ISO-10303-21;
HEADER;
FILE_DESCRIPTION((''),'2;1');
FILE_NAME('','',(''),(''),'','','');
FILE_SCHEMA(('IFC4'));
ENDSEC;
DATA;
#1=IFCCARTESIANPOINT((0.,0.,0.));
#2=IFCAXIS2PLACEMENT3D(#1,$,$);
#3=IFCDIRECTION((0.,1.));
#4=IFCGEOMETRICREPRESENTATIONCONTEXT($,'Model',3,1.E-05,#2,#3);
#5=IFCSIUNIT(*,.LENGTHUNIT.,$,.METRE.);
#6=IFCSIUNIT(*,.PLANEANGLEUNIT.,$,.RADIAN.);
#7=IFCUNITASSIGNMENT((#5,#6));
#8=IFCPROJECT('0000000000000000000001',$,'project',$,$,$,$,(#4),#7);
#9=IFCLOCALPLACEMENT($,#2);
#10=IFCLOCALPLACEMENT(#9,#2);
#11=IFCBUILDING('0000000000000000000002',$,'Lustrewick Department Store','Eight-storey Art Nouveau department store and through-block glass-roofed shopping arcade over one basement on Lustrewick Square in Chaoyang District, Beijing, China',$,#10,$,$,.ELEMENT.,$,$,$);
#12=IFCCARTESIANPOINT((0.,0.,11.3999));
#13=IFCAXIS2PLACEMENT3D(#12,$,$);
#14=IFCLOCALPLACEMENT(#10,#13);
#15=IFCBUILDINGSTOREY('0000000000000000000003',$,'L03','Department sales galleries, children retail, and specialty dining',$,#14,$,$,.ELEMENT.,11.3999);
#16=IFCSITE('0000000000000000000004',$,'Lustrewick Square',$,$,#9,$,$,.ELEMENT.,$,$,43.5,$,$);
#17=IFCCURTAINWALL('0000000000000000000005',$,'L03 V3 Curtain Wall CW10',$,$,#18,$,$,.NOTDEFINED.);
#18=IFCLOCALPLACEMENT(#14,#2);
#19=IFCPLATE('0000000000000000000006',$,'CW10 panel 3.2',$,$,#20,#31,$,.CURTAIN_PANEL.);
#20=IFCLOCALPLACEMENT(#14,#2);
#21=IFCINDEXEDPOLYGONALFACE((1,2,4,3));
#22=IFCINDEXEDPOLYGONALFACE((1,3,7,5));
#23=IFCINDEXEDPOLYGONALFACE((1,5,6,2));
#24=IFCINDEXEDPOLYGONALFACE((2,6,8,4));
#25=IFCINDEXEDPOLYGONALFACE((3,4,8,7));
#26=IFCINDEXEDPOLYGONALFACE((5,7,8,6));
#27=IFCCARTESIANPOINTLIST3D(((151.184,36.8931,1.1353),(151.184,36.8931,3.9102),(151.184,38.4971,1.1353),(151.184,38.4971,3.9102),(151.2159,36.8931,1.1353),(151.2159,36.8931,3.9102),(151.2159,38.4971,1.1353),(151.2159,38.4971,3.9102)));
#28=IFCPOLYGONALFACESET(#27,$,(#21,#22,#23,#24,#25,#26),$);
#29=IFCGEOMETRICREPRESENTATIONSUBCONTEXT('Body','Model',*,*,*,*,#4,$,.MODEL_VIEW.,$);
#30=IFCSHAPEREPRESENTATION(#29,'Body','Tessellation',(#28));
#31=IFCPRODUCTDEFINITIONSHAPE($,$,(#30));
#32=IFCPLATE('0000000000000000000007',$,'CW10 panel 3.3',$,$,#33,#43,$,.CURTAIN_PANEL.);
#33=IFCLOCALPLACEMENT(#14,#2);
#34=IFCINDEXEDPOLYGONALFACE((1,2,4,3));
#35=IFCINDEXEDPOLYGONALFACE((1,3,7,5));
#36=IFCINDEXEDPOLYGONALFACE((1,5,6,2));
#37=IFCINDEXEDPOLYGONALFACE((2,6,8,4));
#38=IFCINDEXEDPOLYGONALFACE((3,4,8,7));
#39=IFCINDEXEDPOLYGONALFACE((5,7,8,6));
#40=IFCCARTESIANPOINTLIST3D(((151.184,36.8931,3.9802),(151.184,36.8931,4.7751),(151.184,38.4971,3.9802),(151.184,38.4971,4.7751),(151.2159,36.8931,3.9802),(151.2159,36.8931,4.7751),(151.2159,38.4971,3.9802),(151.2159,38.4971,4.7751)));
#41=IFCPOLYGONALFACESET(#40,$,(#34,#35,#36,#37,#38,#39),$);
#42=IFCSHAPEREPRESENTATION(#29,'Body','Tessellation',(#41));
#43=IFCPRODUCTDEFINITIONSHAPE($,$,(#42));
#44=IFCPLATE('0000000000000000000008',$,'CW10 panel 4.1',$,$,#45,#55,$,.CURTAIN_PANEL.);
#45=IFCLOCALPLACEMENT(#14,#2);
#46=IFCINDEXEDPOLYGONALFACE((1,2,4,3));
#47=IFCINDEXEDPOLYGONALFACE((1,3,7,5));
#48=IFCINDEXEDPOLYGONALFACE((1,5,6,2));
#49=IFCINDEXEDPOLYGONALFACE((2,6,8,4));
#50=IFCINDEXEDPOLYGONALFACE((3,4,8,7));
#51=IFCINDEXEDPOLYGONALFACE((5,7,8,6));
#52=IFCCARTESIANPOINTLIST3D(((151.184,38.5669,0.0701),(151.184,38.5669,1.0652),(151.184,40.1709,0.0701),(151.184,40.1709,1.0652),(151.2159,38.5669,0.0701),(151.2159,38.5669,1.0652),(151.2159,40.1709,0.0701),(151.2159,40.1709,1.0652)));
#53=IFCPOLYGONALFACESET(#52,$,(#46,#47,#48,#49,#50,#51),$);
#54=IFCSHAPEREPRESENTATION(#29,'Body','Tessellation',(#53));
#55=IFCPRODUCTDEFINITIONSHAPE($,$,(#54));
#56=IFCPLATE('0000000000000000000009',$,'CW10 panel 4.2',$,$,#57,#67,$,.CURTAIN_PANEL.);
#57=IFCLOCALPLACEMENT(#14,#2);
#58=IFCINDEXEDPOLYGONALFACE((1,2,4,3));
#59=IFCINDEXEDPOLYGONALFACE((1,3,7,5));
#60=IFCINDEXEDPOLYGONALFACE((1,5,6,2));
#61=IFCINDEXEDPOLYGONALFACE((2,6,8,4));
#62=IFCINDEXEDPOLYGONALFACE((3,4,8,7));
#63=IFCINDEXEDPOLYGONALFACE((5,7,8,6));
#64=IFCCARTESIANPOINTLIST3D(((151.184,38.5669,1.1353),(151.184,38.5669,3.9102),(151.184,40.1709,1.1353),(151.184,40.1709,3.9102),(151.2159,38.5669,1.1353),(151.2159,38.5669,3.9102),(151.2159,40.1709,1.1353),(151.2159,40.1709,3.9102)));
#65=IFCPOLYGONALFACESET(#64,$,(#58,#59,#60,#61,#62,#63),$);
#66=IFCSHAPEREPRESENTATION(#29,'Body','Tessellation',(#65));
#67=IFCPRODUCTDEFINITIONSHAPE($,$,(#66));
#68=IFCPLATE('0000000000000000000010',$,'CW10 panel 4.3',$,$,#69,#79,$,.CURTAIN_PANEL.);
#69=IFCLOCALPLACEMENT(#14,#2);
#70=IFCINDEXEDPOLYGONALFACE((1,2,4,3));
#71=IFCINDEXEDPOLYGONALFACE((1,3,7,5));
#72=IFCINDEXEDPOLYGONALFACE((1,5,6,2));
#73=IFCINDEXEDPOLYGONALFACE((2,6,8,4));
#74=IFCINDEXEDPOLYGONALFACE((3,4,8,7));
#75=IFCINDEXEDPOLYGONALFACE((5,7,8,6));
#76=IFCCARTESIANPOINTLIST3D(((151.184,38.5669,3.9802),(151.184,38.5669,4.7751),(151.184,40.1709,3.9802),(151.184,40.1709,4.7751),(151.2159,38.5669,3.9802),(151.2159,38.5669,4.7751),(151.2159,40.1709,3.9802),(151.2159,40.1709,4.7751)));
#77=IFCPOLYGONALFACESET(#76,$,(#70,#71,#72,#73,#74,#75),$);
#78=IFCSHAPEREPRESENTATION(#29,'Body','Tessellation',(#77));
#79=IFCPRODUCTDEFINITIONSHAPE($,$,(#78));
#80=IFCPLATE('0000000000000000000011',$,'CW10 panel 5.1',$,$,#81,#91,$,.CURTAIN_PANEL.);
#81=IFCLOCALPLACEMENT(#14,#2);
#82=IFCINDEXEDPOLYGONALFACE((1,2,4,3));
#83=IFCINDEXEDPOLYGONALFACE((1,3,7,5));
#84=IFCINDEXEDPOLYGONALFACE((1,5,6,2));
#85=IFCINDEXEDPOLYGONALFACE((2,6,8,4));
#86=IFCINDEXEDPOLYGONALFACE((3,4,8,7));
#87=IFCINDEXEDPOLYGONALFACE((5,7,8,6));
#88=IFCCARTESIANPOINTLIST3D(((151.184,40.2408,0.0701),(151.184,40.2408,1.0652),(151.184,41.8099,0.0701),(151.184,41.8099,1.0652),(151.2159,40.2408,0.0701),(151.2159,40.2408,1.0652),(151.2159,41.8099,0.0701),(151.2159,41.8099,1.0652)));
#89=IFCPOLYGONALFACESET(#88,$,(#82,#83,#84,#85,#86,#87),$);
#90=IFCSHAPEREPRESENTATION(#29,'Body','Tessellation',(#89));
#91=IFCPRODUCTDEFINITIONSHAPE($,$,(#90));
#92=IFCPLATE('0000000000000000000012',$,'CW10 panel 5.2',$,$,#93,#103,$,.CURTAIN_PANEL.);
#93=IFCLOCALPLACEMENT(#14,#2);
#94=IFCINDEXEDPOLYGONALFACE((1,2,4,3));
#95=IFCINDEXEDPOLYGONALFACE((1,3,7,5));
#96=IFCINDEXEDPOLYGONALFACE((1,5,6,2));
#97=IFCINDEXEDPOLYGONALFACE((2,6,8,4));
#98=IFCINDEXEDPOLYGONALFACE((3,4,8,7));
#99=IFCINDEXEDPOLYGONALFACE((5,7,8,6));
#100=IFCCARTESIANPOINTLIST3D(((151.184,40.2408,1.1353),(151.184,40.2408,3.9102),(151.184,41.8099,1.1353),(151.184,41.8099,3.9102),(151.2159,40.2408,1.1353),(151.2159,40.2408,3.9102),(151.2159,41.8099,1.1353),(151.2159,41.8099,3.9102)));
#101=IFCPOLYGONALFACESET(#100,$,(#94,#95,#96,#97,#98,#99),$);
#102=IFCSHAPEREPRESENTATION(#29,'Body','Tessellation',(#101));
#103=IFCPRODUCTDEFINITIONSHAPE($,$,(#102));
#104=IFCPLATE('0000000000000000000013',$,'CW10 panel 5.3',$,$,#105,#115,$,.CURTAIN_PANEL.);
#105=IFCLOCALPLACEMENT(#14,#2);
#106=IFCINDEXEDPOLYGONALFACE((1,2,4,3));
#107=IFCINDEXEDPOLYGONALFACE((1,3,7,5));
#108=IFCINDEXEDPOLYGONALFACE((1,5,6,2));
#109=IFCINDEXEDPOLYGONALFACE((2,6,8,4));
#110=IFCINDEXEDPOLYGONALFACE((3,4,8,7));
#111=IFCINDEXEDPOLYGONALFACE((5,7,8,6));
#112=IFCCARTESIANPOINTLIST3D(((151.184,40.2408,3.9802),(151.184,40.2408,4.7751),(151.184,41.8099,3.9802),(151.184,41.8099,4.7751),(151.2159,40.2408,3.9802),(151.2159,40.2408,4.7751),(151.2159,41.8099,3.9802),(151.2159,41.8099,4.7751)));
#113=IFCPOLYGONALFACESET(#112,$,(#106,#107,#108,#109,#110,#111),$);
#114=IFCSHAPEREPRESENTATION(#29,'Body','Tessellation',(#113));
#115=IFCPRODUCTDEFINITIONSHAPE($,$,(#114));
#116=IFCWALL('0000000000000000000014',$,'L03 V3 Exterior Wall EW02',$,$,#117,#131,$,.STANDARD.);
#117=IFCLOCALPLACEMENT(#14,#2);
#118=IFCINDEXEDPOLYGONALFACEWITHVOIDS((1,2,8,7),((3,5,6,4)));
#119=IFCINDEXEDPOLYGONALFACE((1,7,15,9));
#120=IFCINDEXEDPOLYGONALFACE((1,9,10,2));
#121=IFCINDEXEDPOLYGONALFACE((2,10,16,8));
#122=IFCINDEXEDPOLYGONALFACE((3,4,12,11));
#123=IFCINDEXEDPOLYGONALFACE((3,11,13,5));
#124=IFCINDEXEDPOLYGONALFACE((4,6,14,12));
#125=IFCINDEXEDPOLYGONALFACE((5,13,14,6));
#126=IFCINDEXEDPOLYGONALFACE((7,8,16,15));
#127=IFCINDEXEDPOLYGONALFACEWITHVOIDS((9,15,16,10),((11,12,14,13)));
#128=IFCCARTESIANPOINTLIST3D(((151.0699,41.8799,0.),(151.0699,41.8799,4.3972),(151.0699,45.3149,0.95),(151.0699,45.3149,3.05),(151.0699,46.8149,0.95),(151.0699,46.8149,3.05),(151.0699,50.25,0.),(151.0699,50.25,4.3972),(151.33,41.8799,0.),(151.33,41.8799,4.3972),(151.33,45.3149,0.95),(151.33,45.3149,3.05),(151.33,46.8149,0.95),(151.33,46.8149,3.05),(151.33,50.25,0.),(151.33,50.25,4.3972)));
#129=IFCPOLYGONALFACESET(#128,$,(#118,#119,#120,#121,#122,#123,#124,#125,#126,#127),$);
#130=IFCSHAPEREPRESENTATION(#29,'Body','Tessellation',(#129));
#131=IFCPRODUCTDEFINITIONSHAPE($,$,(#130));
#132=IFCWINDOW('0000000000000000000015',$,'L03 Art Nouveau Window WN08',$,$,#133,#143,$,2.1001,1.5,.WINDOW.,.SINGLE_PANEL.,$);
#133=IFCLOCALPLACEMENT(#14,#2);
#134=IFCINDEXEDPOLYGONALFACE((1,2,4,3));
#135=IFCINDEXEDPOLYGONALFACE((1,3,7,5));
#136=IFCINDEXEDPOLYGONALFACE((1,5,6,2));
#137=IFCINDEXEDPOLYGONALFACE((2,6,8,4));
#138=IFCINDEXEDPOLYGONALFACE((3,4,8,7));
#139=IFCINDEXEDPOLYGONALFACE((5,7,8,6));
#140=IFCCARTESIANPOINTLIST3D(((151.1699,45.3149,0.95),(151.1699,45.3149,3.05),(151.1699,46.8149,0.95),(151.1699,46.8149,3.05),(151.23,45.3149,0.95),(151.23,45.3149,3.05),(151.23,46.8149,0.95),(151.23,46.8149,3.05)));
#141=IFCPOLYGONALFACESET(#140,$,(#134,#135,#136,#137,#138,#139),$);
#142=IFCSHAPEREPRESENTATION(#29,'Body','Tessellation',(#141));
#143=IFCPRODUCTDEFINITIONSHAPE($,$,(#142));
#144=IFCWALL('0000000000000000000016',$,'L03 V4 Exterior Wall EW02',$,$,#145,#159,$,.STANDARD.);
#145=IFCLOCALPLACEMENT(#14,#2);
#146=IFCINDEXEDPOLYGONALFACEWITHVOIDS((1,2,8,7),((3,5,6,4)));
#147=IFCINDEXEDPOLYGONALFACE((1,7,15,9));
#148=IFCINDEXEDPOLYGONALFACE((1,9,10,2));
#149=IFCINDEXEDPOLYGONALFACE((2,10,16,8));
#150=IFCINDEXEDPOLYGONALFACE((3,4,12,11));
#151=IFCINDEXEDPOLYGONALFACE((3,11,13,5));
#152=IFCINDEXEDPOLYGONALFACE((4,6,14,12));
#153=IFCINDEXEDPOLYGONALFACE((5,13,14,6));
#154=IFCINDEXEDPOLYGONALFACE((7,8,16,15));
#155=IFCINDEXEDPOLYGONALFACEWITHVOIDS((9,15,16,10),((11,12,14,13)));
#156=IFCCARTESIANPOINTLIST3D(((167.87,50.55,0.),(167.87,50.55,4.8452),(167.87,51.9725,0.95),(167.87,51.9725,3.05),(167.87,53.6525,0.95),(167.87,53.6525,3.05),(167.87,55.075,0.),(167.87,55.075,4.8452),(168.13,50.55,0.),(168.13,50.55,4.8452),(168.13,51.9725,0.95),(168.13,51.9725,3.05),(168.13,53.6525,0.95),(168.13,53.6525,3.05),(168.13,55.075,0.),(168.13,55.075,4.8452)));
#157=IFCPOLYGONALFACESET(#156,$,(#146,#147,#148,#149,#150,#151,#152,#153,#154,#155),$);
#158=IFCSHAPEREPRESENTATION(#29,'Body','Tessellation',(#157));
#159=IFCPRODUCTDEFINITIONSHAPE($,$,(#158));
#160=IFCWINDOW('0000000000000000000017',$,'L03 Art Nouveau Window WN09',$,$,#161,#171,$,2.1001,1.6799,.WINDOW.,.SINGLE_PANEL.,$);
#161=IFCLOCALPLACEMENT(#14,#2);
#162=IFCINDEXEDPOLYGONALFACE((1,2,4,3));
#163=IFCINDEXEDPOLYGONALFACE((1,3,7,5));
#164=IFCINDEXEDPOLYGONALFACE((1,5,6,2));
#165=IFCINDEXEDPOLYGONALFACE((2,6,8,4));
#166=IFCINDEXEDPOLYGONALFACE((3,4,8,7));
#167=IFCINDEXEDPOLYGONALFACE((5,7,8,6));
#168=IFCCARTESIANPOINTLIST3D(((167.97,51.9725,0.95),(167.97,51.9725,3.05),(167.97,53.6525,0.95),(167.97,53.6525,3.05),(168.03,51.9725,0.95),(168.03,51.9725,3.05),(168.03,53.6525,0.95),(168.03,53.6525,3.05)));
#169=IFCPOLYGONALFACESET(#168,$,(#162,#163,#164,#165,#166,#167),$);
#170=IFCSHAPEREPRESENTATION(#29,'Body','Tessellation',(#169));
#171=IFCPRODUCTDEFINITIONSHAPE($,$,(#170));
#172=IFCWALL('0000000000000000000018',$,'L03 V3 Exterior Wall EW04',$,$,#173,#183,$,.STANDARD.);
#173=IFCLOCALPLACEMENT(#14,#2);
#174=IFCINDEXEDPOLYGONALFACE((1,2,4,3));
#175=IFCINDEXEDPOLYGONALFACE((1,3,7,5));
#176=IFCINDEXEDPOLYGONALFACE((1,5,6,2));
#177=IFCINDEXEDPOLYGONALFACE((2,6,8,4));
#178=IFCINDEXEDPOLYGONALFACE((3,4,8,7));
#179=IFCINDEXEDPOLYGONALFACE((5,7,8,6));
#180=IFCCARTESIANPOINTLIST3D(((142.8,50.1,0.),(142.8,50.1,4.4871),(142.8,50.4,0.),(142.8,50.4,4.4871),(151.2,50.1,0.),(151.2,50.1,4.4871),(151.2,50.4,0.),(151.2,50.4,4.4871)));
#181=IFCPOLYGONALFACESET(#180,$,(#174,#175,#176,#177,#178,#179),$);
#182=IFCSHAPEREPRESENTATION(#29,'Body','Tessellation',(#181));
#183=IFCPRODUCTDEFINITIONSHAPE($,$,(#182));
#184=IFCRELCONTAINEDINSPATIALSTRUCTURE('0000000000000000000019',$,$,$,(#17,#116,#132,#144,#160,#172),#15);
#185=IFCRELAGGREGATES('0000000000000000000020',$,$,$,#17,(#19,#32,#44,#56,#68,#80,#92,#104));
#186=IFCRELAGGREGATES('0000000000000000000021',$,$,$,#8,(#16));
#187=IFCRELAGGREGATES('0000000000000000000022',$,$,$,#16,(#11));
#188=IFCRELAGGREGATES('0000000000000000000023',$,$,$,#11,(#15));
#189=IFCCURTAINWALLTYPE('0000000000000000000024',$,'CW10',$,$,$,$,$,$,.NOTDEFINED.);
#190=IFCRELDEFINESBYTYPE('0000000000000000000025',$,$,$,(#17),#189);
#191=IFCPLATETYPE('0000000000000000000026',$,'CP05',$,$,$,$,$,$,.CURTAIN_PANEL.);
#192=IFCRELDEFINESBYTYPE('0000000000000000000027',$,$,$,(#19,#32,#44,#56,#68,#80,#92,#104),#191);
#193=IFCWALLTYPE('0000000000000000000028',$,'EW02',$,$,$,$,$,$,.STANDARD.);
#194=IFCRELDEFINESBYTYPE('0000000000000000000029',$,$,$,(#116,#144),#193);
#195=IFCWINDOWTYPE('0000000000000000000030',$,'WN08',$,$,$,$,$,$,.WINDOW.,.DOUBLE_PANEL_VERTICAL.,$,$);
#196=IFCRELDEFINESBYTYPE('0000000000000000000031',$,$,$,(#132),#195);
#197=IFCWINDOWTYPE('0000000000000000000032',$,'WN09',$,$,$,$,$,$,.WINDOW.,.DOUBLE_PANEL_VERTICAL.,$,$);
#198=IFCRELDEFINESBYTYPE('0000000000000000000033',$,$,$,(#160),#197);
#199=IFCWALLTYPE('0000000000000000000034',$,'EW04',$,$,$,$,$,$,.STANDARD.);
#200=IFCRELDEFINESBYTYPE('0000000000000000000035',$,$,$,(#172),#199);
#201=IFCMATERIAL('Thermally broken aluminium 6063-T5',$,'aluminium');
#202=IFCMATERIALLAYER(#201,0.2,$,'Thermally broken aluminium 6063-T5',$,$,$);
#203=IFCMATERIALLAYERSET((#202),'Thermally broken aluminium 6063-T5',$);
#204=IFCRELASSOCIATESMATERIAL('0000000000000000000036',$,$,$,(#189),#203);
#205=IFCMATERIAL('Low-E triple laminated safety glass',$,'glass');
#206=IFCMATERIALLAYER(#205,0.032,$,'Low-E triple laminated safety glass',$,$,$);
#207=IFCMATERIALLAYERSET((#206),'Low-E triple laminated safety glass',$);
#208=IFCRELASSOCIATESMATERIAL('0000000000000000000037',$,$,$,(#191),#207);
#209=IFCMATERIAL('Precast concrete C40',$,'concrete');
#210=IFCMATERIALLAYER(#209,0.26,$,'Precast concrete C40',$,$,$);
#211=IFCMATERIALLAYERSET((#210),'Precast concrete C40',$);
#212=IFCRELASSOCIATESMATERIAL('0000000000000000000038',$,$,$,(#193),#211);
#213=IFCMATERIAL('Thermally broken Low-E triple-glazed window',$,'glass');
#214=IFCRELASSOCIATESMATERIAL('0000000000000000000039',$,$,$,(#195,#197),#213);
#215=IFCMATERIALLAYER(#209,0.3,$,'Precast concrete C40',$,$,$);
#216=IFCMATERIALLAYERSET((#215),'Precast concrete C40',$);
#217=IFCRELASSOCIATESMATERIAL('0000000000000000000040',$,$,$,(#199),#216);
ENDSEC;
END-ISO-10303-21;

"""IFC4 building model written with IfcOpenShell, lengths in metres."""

from ifc_helpers import new_model, si_unit, direction, frame, frame_2d, origin, origin_2d, place, context, subcontext, project, spatial, rectangle, extrude, material, layer, layer_set, type_object, element, fill, aggregate, save


model = new_model("IFC4")

# Units and contexts
model_context = context("Model", 3, precision=1e-05, world=origin(), true_north=direction((0.0, 1.0)))
body_context = subcontext(model_context, "Body", "Model", "MODEL_VIEW")
ifc_project = project(units=[si_unit("LENGTHUNIT", "METRE"), si_unit("PLANEANGLEUNIT", "RADIAN")], contexts=[model_context])

# Site, building, storey
site_placement = place(None, origin())
site = spatial("IfcSite", under=ifc_project, at=site_placement, Name="Lustrewick Square", CompositionType="ELEMENT", RefElevation=43.5)
building_placement = place(site_placement, origin())
building = spatial("IfcBuilding", under=site, at=building_placement, Name="Lustrewick Department Store", Description="Eight-storey Art Nouveau department store and through-block glass-roofed shopping arcade over one basement on Lustrewick Square in Chaoyang District, Beijing, China", CompositionType="ELEMENT")
storey_placement = place(building_placement, frame((0.0, 0.0, 11.3999)))
storey = spatial("IfcBuildingStorey", under=building, at=storey_placement, Name="L03", Description="Department sales galleries, children retail, and specialty dining", CompositionType="ELEMENT", Elevation=11.3999)

# Curtain wall
ifc_material_1 = material(Name="Thermally broken aluminium 6063-T5", Category="aluminium")
ifc_layer_1 = layer(ifc_material_1, 0.2, Name="Thermally broken aluminium 6063-T5")
ifc_layer_set_1 = layer_set([ifc_layer_1], Name="Thermally broken aluminium 6063-T5")
curtain_wall_type = type_object("IfcCurtainWallType", Name="CW10", PredefinedType="NOTDEFINED", material=ifc_layer_set_1)
curtain_wall_placement = place(storey_placement, origin())
curtain_wall = element("IfcCurtainWall", 1, at=curtain_wall_placement, inside=storey, type_object=curtain_wall_type, Name="L03 V3 Curtain Wall CW10", PredefinedType="NOTDEFINED")

# Plates
ifc_material_2 = material(Name="Low-E triple laminated safety glass", Category="glass")
ifc_layer_2 = layer(ifc_material_2, 0.032, Name="Low-E triple laminated safety glass")
ifc_layer_set_2 = layer_set([ifc_layer_2], Name="Low-E triple laminated safety glass")
plate_type = type_object("IfcPlateType", Name="CP05", PredefinedType="CURTAIN_PANEL", material=ifc_layer_set_2)
plate_1_placement = place(storey_placement, frame((151.2, 37.6951, 1.1353), z_axis=(0.0, 0.0, 1.0), x_axis=(0.0, 1.0, 0.0)))
plate_1 = element("IfcPlate", 2, at=plate_1_placement, type_object=plate_type, Name="CW10 panel 3.2", PredefinedType="CURTAIN_PANEL", context=body_context, shape_type="SweptSolid", body=[
    extrude(rectangle(XDim=1.604, YDim=0.032, at=origin_2d()), origin(), (0.0, 0.0, 1.0), 2.7749),
])
plate_2_placement = place(storey_placement, frame((151.2, 37.6951, 3.9802), z_axis=(0.0, 0.0, 1.0), x_axis=(0.0, 1.0, 0.0)))
plate_2 = element("IfcPlate", 3, at=plate_2_placement, type_object=plate_type, Name="CW10 panel 3.3", PredefinedType="CURTAIN_PANEL", context=body_context, shape_type="SweptSolid", body=[
    extrude(rectangle(XDim=1.604, YDim=0.032, at=origin_2d()), origin(), (0.0, 0.0, 1.0), 0.7949),
])
plate_3_placement = place(storey_placement, frame((151.2, 39.3689, 0.0701), z_axis=(0.0, 0.0, 1.0), x_axis=(0.0, 1.0, 0.0)))
plate_3 = element("IfcPlate", 4, at=plate_3_placement, type_object=plate_type, Name="CW10 panel 4.1", PredefinedType="CURTAIN_PANEL", context=body_context, shape_type="SweptSolid", body=[
    extrude(rectangle(XDim=1.604, YDim=0.032, at=origin_2d()), origin(), (0.0, 0.0, 1.0), 0.9951),
])
plate_4_placement = place(storey_placement, frame((151.2, 39.3689, 1.1353), z_axis=(0.0, 0.0, 1.0), x_axis=(0.0, 1.0, 0.0)))
plate_4 = element("IfcPlate", 5, at=plate_4_placement, type_object=plate_type, Name="CW10 panel 4.2", PredefinedType="CURTAIN_PANEL", context=body_context, shape_type="SweptSolid", body=[
    extrude(rectangle(XDim=1.604, YDim=0.032, at=origin_2d()), origin(), (0.0, 0.0, 1.0), 2.7749),
])
plate_5_placement = place(storey_placement, frame((151.2, 39.3689, 3.9802), z_axis=(0.0, 0.0, 1.0), x_axis=(0.0, 1.0, 0.0)))
plate_5 = element("IfcPlate", 6, at=plate_5_placement, type_object=plate_type, Name="CW10 panel 4.3", PredefinedType="CURTAIN_PANEL", context=body_context, shape_type="SweptSolid", body=[
    extrude(rectangle(XDim=1.604, YDim=0.032, at=origin_2d()), origin(), (0.0, 0.0, 1.0), 0.7949),
])
plate_6_placement = place(storey_placement, frame((151.2, 41.0254, 0.0701), z_axis=(0.0, 0.0, 1.0), x_axis=(0.0, 1.0, 0.0)))
plate_6 = element("IfcPlate", 7, at=plate_6_placement, type_object=plate_type, Name="CW10 panel 5.1", PredefinedType="CURTAIN_PANEL", context=body_context, shape_type="SweptSolid", body=[
    extrude(rectangle(XDim=1.5691, YDim=0.032, at=origin_2d()), origin(), (0.0, 0.0, 1.0), 0.9951),
])
plate_7_placement = place(storey_placement, frame((151.2, 41.0254, 1.1353), z_axis=(0.0, 0.0, 1.0), x_axis=(0.0, 1.0, 0.0)))
plate_7 = element("IfcPlate", 8, at=plate_7_placement, type_object=plate_type, Name="CW10 panel 5.2", PredefinedType="CURTAIN_PANEL", context=body_context, shape_type="SweptSolid", body=[
    extrude(rectangle(XDim=1.5691, YDim=0.032, at=origin_2d()), origin(), (0.0, 0.0, 1.0), 2.7749),
])
plate_8_placement = place(storey_placement, frame((151.2, 41.0254, 3.9802), z_axis=(0.0, 0.0, 1.0), x_axis=(0.0, 1.0, 0.0)))
plate_8 = element("IfcPlate", 9, at=plate_8_placement, type_object=plate_type, Name="CW10 panel 5.3", PredefinedType="CURTAIN_PANEL", context=body_context, shape_type="SweptSolid", body=[
    extrude(rectangle(XDim=1.5691, YDim=0.032, at=origin_2d()), origin(), (0.0, 0.0, 1.0), 0.7949),
])
aggregate(curtain_wall, [plate_1, plate_2, plate_3, plate_4, plate_5, plate_6, plate_7, plate_8])

# Walls, openings, windows
ifc_material_3 = material(Name="Precast concrete C40", Category="concrete")
ifc_layer_3 = layer(ifc_material_3, 0.26, Name="Precast concrete C40")
ifc_layer_set_3 = layer_set([ifc_layer_3], Name="Precast concrete C40")
wall_type_1 = type_object("IfcWallType", Name="EW02", PredefinedType="STANDARD", material=ifc_layer_set_3)
wall_1_placement = place(storey_placement, frame((151.2, 41.8799, 0.0), z_axis=(0.0, 0.0, 1.0), x_axis=(0.0, 1.0, 0.0)))
wall_1 = element("IfcWall", 10, at=wall_1_placement, inside=storey, type_object=wall_type_1, Name="L03 V3 Exterior Wall EW02", PredefinedType="STANDARD", context=body_context, shape_type="SweptSolid", body=[
    extrude(rectangle(XDim=8.3701, YDim=0.26, at=frame_2d((4.1851, 0.0))), origin(), (0.0, 0.0, 1.0), 4.3972),
])
opening_1_placement = place(wall_1_placement, frame((3.4351, 0.0, 0.95)))
opening_1 = element("IfcOpeningElement", 11, at=opening_1_placement, cuts=wall_1, PredefinedType="OPENING", context=body_context, shape_type="SweptSolid", body=[
    extrude(rectangle(XDim=1.5, YDim=2.1001, at=frame_2d((0.75, 1.05))), frame((0.0, 0.1401, 0.0), z_axis=(0.0, -1.0, 0.0), x_axis=(1.0, 0.0, 0.0)), (0.0, 0.0, 1.0), 0.28),
])
ifc_material_4 = material(Name="Thermally broken Low-E triple-glazed window", Category="glass")
window_type_1 = type_object("IfcWindowType", Name="WN08", PartitioningType="DOUBLE_PANEL_VERTICAL", PredefinedType="WINDOW", material=ifc_material_4)
window_1_placement = place(opening_1_placement, origin())
window_1 = element("IfcWindow", 12, at=window_1_placement, inside=storey, type_object=window_type_1, Name="L03 Art Nouveau Window WN08", OverallHeight=2.1001, OverallWidth=1.5, PartitioningType="SINGLE_PANEL", PredefinedType="WINDOW", context=body_context, shape_type="SweptSolid", body=[
    extrude(rectangle(XDim=1.5, YDim=2.1001, at=frame_2d((0.75, 1.05))), frame((0.0, 0.03, 0.0), z_axis=(0.0, -1.0, 0.0), x_axis=(1.0, 0.0, 0.0)), (0.0, 0.0, 1.0), 0.0601),
])
fill(opening_1, window_1)
wall_2_placement = place(storey_placement, frame((168.0, 50.55, 0.0), z_axis=(0.0, 0.0, 1.0), x_axis=(0.0, 1.0, 0.0)))
wall_2 = element("IfcWall", 13, at=wall_2_placement, inside=storey, type_object=wall_type_1, Name="L03 V4 Exterior Wall EW02", PredefinedType="STANDARD", context=body_context, shape_type="SweptSolid", body=[
    extrude(rectangle(XDim=4.5249, YDim=0.26, at=frame_2d((2.2625, 0.0))), origin(), (0.0, 0.0, 1.0), 4.8452),
])
opening_2_placement = place(wall_2_placement, frame((1.4226, 0.0, 0.95)))
opening_2 = element("IfcOpeningElement", 14, at=opening_2_placement, cuts=wall_2, PredefinedType="OPENING", context=body_context, shape_type="SweptSolid", body=[
    extrude(rectangle(XDim=1.6799, YDim=2.1001, at=frame_2d((0.8398, 1.05))), frame((0.0, 0.1401, 0.0), z_axis=(0.0, -1.0, 0.0), x_axis=(1.0, 0.0, 0.0)), (0.0, 0.0, 1.0), 0.28),
])
window_type_2 = type_object("IfcWindowType", Name="WN09", PartitioningType="DOUBLE_PANEL_VERTICAL", PredefinedType="WINDOW", material=ifc_material_4)
window_2_placement = place(opening_2_placement, origin())
window_2 = element("IfcWindow", 15, at=window_2_placement, inside=storey, type_object=window_type_2, Name="L03 Art Nouveau Window WN09", OverallHeight=2.1001, OverallWidth=1.6799, PartitioningType="SINGLE_PANEL", PredefinedType="WINDOW", context=body_context, shape_type="SweptSolid", body=[
    extrude(rectangle(XDim=1.6799, YDim=2.1001, at=frame_2d((0.8398, 1.05))), frame((0.0, 0.03, 0.0), z_axis=(0.0, -1.0, 0.0), x_axis=(1.0, 0.0, 0.0)), (0.0, 0.0, 1.0), 0.0601),
])
fill(opening_2, window_2)

# Wall
ifc_layer_4 = layer(ifc_material_3, 0.3, Name="Precast concrete C40")
ifc_layer_set_4 = layer_set([ifc_layer_4], Name="Precast concrete C40")
wall_type_2 = type_object("IfcWallType", Name="EW04", PredefinedType="STANDARD", material=ifc_layer_set_4)
wall_3_placement = place(storey_placement, frame((151.2, 50.25, 0.0), z_axis=(0.0, 0.0, 1.0), x_axis=(-1.0, 0.0, 0.0)))
element("IfcWall", 16, at=wall_3_placement, inside=storey, type_object=wall_type_2, Name="L03 V3 Exterior Wall EW04", PredefinedType="STANDARD", context=body_context, shape_type="SweptSolid", body=[
    extrude(rectangle(XDim=8.3999, YDim=0.3, at=frame_2d((4.2, 0.0))), origin(), (0.0, 0.0, 1.0), 4.4871),
])

save(model, "model.ifc")
